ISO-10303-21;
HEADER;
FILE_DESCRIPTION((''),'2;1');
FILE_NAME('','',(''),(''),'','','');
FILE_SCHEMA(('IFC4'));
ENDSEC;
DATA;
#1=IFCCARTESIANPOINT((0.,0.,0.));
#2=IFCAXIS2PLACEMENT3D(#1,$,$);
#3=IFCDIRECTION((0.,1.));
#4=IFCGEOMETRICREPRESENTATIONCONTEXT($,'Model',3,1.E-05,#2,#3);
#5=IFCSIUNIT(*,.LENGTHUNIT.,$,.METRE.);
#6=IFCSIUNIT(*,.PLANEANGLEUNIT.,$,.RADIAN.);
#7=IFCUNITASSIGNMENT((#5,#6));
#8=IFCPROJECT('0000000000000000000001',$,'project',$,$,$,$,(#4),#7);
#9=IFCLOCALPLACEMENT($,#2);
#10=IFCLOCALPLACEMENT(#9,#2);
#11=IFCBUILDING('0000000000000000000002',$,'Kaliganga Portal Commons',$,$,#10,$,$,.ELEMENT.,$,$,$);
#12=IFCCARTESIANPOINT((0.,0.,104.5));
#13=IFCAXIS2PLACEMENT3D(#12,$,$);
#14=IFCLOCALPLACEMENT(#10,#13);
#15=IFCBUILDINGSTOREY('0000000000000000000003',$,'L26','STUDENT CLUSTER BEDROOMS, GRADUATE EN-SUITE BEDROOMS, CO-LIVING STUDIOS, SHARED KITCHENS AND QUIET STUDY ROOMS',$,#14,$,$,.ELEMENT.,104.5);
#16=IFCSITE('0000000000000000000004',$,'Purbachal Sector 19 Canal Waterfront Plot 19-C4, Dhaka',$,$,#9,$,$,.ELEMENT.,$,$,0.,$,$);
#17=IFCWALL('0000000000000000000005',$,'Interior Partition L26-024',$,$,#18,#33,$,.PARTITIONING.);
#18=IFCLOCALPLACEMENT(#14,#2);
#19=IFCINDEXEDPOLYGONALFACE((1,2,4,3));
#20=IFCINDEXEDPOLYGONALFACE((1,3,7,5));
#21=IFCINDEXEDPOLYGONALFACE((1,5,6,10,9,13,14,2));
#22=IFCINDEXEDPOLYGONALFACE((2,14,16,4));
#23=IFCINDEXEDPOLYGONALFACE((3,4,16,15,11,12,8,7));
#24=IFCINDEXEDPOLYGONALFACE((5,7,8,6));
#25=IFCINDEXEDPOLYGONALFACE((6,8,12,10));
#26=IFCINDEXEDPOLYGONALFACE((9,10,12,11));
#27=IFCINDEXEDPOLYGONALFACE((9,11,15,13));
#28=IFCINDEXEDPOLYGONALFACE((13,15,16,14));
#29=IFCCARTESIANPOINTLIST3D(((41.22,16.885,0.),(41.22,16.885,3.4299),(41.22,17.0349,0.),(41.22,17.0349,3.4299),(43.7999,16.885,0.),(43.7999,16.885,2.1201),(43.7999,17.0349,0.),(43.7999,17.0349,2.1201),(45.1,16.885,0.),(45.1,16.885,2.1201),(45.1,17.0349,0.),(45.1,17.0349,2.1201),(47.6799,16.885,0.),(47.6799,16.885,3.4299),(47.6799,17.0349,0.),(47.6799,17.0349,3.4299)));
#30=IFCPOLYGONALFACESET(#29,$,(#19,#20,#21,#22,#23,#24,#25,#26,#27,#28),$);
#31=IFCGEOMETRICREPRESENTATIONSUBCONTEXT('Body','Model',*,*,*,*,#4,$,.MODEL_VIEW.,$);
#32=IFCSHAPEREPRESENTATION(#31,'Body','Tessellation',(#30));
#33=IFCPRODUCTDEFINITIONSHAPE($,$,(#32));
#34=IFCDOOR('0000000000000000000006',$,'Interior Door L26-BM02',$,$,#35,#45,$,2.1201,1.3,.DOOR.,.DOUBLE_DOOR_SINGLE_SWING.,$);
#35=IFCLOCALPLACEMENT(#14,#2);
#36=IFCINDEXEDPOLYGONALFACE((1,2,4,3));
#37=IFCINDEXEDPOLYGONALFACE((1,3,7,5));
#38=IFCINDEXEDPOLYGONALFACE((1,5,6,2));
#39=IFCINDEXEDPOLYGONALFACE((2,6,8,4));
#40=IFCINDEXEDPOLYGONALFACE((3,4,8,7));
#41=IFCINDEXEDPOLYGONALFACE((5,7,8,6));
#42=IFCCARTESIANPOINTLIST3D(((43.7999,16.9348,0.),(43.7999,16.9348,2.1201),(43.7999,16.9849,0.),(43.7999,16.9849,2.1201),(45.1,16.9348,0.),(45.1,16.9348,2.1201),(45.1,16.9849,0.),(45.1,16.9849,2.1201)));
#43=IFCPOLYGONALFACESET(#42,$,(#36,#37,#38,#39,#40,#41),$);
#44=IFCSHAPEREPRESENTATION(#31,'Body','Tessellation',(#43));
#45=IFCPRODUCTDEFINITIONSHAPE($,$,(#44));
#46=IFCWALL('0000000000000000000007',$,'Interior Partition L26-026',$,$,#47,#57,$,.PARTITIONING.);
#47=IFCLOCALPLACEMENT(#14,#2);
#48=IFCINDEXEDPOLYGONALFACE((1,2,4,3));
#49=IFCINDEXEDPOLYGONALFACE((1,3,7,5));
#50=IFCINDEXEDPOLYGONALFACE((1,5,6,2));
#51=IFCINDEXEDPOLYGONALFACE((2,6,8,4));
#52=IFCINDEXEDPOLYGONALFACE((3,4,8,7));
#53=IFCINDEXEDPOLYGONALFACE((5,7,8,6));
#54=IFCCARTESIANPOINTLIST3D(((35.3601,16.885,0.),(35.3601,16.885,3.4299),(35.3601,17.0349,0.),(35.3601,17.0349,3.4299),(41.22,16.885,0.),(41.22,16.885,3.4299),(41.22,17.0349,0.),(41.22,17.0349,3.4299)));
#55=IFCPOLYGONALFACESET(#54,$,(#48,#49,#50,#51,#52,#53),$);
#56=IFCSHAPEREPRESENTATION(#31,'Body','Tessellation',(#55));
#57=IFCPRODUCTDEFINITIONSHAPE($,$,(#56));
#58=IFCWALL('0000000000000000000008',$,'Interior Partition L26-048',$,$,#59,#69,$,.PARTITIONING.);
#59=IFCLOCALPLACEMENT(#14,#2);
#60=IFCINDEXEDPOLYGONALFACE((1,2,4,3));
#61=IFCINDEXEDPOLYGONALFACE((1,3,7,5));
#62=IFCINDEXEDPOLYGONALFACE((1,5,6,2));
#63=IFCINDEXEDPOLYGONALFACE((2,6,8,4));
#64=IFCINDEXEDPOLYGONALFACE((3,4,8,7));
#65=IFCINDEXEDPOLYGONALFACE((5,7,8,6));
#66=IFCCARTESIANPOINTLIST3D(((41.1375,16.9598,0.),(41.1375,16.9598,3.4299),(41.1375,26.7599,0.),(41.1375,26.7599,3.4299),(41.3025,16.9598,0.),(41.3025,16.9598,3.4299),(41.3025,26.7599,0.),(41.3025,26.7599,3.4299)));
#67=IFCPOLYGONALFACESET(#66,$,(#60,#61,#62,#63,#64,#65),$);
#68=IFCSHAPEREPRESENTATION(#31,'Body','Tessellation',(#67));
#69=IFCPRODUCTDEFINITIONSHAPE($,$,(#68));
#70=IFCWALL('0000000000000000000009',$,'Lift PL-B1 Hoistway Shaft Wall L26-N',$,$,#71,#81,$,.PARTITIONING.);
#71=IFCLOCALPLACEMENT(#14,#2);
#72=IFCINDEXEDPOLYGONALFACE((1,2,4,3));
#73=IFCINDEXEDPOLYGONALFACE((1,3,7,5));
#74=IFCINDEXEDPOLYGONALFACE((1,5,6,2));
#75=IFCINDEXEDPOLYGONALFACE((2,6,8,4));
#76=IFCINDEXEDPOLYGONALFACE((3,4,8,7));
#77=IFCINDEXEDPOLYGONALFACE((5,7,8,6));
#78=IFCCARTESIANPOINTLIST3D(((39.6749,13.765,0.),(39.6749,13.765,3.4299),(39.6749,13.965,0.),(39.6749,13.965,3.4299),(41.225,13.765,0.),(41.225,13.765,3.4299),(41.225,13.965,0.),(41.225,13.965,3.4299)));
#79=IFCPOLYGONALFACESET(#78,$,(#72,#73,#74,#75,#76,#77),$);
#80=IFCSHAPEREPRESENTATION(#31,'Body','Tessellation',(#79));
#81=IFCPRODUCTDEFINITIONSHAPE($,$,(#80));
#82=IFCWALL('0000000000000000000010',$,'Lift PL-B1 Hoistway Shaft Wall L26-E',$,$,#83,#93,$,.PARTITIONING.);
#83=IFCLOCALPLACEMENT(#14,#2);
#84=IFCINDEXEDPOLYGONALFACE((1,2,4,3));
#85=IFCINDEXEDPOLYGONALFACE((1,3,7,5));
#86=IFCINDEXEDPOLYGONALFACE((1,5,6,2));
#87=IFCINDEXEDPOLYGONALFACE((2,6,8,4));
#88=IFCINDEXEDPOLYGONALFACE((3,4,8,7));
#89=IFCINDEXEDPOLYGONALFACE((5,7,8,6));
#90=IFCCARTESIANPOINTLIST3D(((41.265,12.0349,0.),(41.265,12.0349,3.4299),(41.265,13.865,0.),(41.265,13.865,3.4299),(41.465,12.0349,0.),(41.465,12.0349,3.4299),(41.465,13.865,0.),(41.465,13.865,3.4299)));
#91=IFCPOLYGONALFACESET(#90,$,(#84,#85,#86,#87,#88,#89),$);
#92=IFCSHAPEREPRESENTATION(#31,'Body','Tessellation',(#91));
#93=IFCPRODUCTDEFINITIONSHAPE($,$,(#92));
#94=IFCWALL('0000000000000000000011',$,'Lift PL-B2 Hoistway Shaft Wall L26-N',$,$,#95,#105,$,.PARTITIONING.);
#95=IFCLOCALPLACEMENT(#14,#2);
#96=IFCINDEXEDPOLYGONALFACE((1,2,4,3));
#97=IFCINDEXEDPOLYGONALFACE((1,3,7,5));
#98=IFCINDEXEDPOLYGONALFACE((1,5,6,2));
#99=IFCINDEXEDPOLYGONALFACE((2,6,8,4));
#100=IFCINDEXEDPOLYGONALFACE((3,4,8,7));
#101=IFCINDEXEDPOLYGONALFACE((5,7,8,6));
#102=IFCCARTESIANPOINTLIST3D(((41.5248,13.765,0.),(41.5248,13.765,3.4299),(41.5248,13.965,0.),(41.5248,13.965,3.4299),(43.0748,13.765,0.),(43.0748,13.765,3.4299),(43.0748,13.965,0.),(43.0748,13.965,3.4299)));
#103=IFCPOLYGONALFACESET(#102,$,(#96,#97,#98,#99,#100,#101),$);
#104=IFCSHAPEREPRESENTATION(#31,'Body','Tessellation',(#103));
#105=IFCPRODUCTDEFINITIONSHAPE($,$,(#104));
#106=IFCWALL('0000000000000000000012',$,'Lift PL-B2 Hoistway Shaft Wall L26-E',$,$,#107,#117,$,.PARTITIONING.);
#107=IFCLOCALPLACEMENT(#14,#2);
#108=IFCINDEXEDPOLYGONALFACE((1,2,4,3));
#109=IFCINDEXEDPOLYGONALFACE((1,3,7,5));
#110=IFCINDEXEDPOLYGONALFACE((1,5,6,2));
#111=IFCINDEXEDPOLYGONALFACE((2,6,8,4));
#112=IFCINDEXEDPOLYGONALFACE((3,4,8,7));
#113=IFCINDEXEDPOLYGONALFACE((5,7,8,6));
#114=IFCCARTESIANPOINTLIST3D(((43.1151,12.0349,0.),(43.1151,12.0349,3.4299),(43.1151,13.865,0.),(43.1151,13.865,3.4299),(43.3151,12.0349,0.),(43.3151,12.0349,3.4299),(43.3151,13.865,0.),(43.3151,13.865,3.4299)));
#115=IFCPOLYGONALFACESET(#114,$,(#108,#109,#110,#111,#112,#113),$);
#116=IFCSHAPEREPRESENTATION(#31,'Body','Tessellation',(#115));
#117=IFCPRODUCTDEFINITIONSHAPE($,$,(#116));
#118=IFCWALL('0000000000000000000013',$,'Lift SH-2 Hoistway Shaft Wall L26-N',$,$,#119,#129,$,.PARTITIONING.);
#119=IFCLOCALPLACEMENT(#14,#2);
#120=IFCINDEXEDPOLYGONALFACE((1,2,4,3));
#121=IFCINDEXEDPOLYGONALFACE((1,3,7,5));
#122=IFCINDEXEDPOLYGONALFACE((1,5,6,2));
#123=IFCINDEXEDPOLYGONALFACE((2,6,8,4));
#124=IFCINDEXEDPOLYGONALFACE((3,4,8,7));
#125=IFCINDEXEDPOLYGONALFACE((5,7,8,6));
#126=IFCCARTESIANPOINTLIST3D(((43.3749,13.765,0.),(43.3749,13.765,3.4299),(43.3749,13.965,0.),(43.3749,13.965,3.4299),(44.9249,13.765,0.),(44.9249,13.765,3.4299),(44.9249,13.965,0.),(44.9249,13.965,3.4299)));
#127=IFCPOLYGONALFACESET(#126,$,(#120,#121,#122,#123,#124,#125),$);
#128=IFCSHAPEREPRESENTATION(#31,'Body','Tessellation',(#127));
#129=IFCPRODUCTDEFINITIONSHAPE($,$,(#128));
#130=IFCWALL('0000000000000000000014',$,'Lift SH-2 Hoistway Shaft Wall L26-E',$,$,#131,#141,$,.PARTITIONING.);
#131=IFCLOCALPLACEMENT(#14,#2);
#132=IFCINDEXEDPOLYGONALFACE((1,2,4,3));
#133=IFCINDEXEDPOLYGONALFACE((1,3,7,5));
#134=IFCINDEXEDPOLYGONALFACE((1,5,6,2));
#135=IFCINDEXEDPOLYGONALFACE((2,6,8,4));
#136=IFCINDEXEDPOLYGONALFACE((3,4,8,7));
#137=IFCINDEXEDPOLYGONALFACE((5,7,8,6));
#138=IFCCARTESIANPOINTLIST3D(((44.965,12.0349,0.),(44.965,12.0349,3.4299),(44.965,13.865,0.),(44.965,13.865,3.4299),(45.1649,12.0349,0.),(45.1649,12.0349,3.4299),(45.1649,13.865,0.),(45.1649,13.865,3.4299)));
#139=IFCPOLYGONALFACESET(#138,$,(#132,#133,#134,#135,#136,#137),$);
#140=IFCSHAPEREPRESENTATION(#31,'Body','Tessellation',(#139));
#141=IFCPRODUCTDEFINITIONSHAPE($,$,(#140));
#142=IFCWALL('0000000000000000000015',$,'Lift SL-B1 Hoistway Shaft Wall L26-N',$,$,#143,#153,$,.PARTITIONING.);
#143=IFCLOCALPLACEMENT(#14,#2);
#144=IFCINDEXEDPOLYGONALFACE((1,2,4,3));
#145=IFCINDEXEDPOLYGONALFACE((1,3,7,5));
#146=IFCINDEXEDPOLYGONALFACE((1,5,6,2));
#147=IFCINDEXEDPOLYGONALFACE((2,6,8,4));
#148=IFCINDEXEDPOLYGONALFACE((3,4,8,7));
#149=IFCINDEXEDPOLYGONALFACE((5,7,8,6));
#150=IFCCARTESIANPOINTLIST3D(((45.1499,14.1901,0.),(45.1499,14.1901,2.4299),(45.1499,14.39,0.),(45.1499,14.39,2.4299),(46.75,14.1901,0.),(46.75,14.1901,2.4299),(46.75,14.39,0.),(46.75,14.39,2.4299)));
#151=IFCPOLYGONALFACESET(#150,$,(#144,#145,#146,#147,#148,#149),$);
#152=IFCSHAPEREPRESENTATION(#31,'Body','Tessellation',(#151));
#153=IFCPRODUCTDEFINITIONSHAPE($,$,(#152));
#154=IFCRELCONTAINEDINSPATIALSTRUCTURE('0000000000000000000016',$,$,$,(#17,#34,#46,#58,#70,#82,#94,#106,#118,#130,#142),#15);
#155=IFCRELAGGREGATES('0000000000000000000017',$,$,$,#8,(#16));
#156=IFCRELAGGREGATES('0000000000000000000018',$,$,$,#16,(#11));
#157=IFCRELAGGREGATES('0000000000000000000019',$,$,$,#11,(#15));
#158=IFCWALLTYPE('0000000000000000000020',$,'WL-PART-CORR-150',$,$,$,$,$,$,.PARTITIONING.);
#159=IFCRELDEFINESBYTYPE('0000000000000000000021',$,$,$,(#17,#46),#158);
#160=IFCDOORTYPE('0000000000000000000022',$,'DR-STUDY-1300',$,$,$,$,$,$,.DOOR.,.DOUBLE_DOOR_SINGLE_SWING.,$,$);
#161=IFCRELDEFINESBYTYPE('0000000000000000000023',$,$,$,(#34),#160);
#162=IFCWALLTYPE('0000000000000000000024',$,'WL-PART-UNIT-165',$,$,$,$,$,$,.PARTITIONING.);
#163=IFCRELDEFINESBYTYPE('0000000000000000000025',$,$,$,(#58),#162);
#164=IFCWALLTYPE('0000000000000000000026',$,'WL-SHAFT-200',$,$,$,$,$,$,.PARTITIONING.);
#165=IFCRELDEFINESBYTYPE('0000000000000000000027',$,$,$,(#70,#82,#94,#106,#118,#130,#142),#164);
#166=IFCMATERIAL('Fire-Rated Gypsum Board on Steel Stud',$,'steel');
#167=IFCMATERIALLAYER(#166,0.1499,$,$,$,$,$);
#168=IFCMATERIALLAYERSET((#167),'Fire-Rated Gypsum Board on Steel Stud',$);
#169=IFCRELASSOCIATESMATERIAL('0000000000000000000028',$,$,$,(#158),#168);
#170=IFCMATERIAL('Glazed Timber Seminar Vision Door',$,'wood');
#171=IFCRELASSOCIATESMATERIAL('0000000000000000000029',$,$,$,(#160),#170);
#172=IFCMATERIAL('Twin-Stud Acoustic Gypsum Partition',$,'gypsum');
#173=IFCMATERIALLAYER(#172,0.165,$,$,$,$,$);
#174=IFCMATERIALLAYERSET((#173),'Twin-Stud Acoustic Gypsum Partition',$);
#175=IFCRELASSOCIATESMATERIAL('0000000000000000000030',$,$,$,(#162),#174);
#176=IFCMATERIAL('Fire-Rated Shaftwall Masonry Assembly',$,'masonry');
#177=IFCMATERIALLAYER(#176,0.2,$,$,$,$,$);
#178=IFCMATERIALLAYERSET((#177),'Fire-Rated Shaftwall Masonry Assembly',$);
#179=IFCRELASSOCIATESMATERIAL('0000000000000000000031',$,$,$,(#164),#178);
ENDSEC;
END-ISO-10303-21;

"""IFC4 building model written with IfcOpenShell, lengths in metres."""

from ifc_helpers import new_model, si_unit, direction, frame, frame_2d, origin, place, context, subcontext, project, spatial, rectangle, extrude, material, layer, layer_set, type_object, element, fill, save


model = new_model("IFC4")

# Units and contexts
model_context = context("Model", 3, precision=1e-05, world=origin(), true_north=direction((0.0, 1.0)))
body_context = subcontext(model_context, "Body", "Model", "MODEL_VIEW")
ifc_project = project(units=[si_unit("LENGTHUNIT", "METRE"), si_unit("PLANEANGLEUNIT", "RADIAN")], contexts=[model_context])

# Site, building, storey
site_placement = place(None, origin())
site = spatial("IfcSite", under=ifc_project, at=site_placement, Name="Purbachal Sector 19 Canal Waterfront Plot 19-C4, Dhaka", CompositionType="ELEMENT", RefElevation=0.0)
building_placement = place(site_placement, origin())
building = spatial("IfcBuilding", under=site, at=building_placement, Name="Kaliganga Portal Commons", CompositionType="ELEMENT")
storey_placement = place(building_placement, frame((0.0, 0.0, 104.5)))
storey = spatial("IfcBuildingStorey", under=building, at=storey_placement, Name="L26", Description="STUDENT CLUSTER BEDROOMS, GRADUATE EN-SUITE BEDROOMS, CO-LIVING STUDIOS, SHARED KITCHENS AND QUIET STUDY ROOMS", CompositionType="ELEMENT", Elevation=104.5)

# Wall, opening, door
ifc_material_1 = material(Name="Fire-Rated Gypsum Board on Steel Stud", Category="steel")
ifc_layer_1 = layer(ifc_material_1, 0.1499)
ifc_layer_set_1 = layer_set([ifc_layer_1], Name="Fire-Rated Gypsum Board on Steel Stud")
wall_type_1 = type_object("IfcWallType", Name="WL-PART-CORR-150", PredefinedType="PARTITIONING", material=ifc_layer_set_1)
ifc_material_2 = material(Name="Glazed Timber Seminar Vision Door", Category="wood")
door_type_1 = type_object("IfcDoorType", Name="DR-STUDY-1300", OperationType="DOUBLE_DOOR_SINGLE_SWING", PredefinedType="DOOR", material=ifc_material_2)
wall_1_placement = place(storey_placement, frame((41.22, 16.96, 0.0), z_axis=(0.0, 0.0, 1.0), x_axis=(1.0, 0.0, 0.0)))
wall_1 = element("IfcWall", 1, at=wall_1_placement, inside=storey, type_object=wall_type_1, Name="Interior Partition L26-024", PredefinedType="PARTITIONING", context=body_context, shape_type="SweptSolid", body=[
    extrude(rectangle(XDim=6.46, YDim=0.1499, at=frame_2d((3.23, 0.0))), origin(), (0.0, 0.0, 1.0), 3.4299),
])
opening_1_placement = place(wall_1_placement, frame((2.5801, 0.0, 0.0)))
opening_1 = element("IfcOpeningElement", 2, at=opening_1_placement, cuts=wall_1, PredefinedType="OPENING", context=body_context, shape_type="SweptSolid", body=[
    extrude(rectangle(XDim=1.3, YDim=2.1201, at=frame_2d((0.6499, 1.0601))), frame((0.0, 0.085, 0.0), z_axis=(0.0, -1.0, 0.0), x_axis=(1.0, 0.0, 0.0)), (0.0, 0.0, 1.0), 0.1699),
])
door_1_placement = place(opening_1_placement, origin())
door_1 = element("IfcDoor", 3, at=door_1_placement, inside=storey, type_object=door_type_1, Name="Interior Door L26-BM02", OperationType="DOUBLE_DOOR_SINGLE_SWING", OverallHeight=2.1201, OverallWidth=1.3, PredefinedType="DOOR", context=body_context, shape_type="SweptSolid", body=[
    extrude(rectangle(XDim=1.3, YDim=2.1201, at=frame_2d((0.6499, 1.0601))), frame((0.0, 0.0249, 0.0), z_axis=(0.0, -1.0, 0.0), x_axis=(1.0, 0.0, 0.0)), (0.0, 0.0, 1.0), 0.05),
])
fill(opening_1, door_1)

# Walls
wall_2_placement = place(storey_placement, frame((35.3601, 16.96, 0.0), z_axis=(0.0, 0.0, 1.0), x_axis=(1.0, 0.0, 0.0)))
element("IfcWall", 4, at=wall_2_placement, inside=storey, type_object=wall_type_1, Name="Interior Partition L26-026", PredefinedType="PARTITIONING", context=body_context, shape_type="SweptSolid", body=[
    extrude(rectangle(XDim=5.8599, YDim=0.1499, at=frame_2d((2.9299, 0.0))), origin(), (0.0, 0.0, 1.0), 3.4299),
])
ifc_material_3 = material(Name="Twin-Stud Acoustic Gypsum Partition", Category="gypsum")
ifc_layer_2 = layer(ifc_material_3, 0.165)
ifc_layer_set_2 = layer_set([ifc_layer_2], Name="Twin-Stud Acoustic Gypsum Partition")
wall_type_2 = type_object("IfcWallType", Name="WL-PART-UNIT-165", PredefinedType="PARTITIONING", material=ifc_layer_set_2)
wall_3_placement = place(storey_placement, frame((41.22, 16.96, 0.0), z_axis=(0.0, 0.0, 1.0), x_axis=(0.0, 1.0, 0.0)))
element("IfcWall", 5, at=wall_3_placement, inside=storey, type_object=wall_type_2, Name="Interior Partition L26-048", PredefinedType="PARTITIONING", context=body_context, shape_type="SweptSolid", body=[
    extrude(rectangle(XDim=9.8, YDim=0.165, at=frame_2d((4.8999, 0.0))), origin(), (0.0, 0.0, 1.0), 3.4299),
])

# Shared definitions
ifc_material_4 = material(Name="Fire-Rated Shaftwall Masonry Assembly", Category="masonry")
ifc_layer_3 = layer(ifc_material_4, 0.2)
ifc_layer_set_3 = layer_set([ifc_layer_3], Name="Fire-Rated Shaftwall Masonry Assembly")
wall_type_3 = type_object("IfcWallType", Name="WL-SHAFT-200", PredefinedType="PARTITIONING", material=ifc_layer_set_3)

# Walls
wall_4_placement = place(storey_placement, frame((39.675, 13.865, 0.0), z_axis=(0.0, 0.0, 1.0), x_axis=(1.0, 0.0, 0.0)))
element("IfcWall", 6, at=wall_4_placement, inside=storey, type_object=wall_type_3, Name="Lift PL-B1 Hoistway Shaft Wall L26-N", PredefinedType="PARTITIONING", context=body_context, shape_type="SweptSolid", body=[
    extrude(rectangle(XDim=1.55, YDim=0.2, at=frame_2d((0.7749, 0.0))), origin(), (0.0, 0.0, 1.0), 3.4299),
])
wall_5_placement = place(storey_placement, frame((41.365, 12.0349, 0.0), z_axis=(0.0, 0.0, 1.0), x_axis=(0.0, 1.0, 0.0)))
element("IfcWall", 7, at=wall_5_placement, inside=storey, type_object=wall_type_3, Name="Lift PL-B1 Hoistway Shaft Wall L26-E", PredefinedType="PARTITIONING", context=body_context, shape_type="SweptSolid", body=[
    extrude(rectangle(XDim=1.8301, YDim=0.2, at=frame_2d((0.915, 0.0))), origin(), (0.0, 0.0, 1.0), 3.4299),
])

# Walls
wall_6_placement = place(storey_placement, frame((41.5249, 13.865, 0.0), z_axis=(0.0, 0.0, 1.0), x_axis=(1.0, 0.0, 0.0)))
element("IfcWall", 8, at=wall_6_placement, inside=storey, type_object=wall_type_3, Name="Lift PL-B2 Hoistway Shaft Wall L26-N", PredefinedType="PARTITIONING", context=body_context, shape_type="SweptSolid", body=[
    extrude(rectangle(XDim=1.55, YDim=0.2, at=frame_2d((0.7749, 0.0))), origin(), (0.0, 0.0, 1.0), 3.4299),
])
wall_7_placement = place(storey_placement, frame((43.2151, 12.0349, 0.0), z_axis=(0.0, 0.0, 1.0), x_axis=(0.0, 1.0, 0.0)))
element("IfcWall", 9, at=wall_7_placement, inside=storey, type_object=wall_type_3, Name="Lift PL-B2 Hoistway Shaft Wall L26-E", PredefinedType="PARTITIONING", context=body_context, shape_type="SweptSolid", body=[
    extrude(rectangle(XDim=1.8301, YDim=0.2, at=frame_2d((0.915, 0.0))), origin(), (0.0, 0.0, 1.0), 3.4299),
])

# Walls
wall_8_placement = place(storey_placement, frame((43.375, 13.865, 0.0), z_axis=(0.0, 0.0, 1.0), x_axis=(1.0, 0.0, 0.0)))
element("IfcWall", 10, at=wall_8_placement, inside=storey, type_object=wall_type_3, Name="Lift SH-2 Hoistway Shaft Wall L26-N", PredefinedType="PARTITIONING", context=body_context, shape_type="SweptSolid", body=[
    extrude(rectangle(XDim=1.55, YDim=0.2, at=frame_2d((0.7749, 0.0))), origin(), (0.0, 0.0, 1.0), 3.4299),
])
wall_9_placement = place(storey_placement, frame((45.0649, 12.0349, 0.0), z_axis=(0.0, 0.0, 1.0), x_axis=(0.0, 1.0, 0.0)))
element("IfcWall", 11, at=wall_9_placement, inside=storey, type_object=wall_type_3, Name="Lift SH-2 Hoistway Shaft Wall L26-E", PredefinedType="PARTITIONING", context=body_context, shape_type="SweptSolid", body=[
    extrude(rectangle(XDim=1.8301, YDim=0.2, at=frame_2d((0.915, 0.0))), origin(), (0.0, 0.0, 1.0), 3.4299),
])
wall_10_placement = place(storey_placement, frame((45.1499, 14.29, 0.0), z_axis=(0.0, 0.0, 1.0), x_axis=(1.0, 0.0, 0.0)))
element("IfcWall", 12, at=wall_10_placement, inside=storey, type_object=wall_type_3, Name="Lift SL-B1 Hoistway Shaft Wall L26-N", PredefinedType="PARTITIONING", context=body_context, shape_type="SweptSolid", body=[
    extrude(rectangle(XDim=1.6001, YDim=0.2, at=frame_2d((0.8, 0.0))), origin(), (0.0, 0.0, 1.0), 2.4299),
])

save(model, "model.ifc")
